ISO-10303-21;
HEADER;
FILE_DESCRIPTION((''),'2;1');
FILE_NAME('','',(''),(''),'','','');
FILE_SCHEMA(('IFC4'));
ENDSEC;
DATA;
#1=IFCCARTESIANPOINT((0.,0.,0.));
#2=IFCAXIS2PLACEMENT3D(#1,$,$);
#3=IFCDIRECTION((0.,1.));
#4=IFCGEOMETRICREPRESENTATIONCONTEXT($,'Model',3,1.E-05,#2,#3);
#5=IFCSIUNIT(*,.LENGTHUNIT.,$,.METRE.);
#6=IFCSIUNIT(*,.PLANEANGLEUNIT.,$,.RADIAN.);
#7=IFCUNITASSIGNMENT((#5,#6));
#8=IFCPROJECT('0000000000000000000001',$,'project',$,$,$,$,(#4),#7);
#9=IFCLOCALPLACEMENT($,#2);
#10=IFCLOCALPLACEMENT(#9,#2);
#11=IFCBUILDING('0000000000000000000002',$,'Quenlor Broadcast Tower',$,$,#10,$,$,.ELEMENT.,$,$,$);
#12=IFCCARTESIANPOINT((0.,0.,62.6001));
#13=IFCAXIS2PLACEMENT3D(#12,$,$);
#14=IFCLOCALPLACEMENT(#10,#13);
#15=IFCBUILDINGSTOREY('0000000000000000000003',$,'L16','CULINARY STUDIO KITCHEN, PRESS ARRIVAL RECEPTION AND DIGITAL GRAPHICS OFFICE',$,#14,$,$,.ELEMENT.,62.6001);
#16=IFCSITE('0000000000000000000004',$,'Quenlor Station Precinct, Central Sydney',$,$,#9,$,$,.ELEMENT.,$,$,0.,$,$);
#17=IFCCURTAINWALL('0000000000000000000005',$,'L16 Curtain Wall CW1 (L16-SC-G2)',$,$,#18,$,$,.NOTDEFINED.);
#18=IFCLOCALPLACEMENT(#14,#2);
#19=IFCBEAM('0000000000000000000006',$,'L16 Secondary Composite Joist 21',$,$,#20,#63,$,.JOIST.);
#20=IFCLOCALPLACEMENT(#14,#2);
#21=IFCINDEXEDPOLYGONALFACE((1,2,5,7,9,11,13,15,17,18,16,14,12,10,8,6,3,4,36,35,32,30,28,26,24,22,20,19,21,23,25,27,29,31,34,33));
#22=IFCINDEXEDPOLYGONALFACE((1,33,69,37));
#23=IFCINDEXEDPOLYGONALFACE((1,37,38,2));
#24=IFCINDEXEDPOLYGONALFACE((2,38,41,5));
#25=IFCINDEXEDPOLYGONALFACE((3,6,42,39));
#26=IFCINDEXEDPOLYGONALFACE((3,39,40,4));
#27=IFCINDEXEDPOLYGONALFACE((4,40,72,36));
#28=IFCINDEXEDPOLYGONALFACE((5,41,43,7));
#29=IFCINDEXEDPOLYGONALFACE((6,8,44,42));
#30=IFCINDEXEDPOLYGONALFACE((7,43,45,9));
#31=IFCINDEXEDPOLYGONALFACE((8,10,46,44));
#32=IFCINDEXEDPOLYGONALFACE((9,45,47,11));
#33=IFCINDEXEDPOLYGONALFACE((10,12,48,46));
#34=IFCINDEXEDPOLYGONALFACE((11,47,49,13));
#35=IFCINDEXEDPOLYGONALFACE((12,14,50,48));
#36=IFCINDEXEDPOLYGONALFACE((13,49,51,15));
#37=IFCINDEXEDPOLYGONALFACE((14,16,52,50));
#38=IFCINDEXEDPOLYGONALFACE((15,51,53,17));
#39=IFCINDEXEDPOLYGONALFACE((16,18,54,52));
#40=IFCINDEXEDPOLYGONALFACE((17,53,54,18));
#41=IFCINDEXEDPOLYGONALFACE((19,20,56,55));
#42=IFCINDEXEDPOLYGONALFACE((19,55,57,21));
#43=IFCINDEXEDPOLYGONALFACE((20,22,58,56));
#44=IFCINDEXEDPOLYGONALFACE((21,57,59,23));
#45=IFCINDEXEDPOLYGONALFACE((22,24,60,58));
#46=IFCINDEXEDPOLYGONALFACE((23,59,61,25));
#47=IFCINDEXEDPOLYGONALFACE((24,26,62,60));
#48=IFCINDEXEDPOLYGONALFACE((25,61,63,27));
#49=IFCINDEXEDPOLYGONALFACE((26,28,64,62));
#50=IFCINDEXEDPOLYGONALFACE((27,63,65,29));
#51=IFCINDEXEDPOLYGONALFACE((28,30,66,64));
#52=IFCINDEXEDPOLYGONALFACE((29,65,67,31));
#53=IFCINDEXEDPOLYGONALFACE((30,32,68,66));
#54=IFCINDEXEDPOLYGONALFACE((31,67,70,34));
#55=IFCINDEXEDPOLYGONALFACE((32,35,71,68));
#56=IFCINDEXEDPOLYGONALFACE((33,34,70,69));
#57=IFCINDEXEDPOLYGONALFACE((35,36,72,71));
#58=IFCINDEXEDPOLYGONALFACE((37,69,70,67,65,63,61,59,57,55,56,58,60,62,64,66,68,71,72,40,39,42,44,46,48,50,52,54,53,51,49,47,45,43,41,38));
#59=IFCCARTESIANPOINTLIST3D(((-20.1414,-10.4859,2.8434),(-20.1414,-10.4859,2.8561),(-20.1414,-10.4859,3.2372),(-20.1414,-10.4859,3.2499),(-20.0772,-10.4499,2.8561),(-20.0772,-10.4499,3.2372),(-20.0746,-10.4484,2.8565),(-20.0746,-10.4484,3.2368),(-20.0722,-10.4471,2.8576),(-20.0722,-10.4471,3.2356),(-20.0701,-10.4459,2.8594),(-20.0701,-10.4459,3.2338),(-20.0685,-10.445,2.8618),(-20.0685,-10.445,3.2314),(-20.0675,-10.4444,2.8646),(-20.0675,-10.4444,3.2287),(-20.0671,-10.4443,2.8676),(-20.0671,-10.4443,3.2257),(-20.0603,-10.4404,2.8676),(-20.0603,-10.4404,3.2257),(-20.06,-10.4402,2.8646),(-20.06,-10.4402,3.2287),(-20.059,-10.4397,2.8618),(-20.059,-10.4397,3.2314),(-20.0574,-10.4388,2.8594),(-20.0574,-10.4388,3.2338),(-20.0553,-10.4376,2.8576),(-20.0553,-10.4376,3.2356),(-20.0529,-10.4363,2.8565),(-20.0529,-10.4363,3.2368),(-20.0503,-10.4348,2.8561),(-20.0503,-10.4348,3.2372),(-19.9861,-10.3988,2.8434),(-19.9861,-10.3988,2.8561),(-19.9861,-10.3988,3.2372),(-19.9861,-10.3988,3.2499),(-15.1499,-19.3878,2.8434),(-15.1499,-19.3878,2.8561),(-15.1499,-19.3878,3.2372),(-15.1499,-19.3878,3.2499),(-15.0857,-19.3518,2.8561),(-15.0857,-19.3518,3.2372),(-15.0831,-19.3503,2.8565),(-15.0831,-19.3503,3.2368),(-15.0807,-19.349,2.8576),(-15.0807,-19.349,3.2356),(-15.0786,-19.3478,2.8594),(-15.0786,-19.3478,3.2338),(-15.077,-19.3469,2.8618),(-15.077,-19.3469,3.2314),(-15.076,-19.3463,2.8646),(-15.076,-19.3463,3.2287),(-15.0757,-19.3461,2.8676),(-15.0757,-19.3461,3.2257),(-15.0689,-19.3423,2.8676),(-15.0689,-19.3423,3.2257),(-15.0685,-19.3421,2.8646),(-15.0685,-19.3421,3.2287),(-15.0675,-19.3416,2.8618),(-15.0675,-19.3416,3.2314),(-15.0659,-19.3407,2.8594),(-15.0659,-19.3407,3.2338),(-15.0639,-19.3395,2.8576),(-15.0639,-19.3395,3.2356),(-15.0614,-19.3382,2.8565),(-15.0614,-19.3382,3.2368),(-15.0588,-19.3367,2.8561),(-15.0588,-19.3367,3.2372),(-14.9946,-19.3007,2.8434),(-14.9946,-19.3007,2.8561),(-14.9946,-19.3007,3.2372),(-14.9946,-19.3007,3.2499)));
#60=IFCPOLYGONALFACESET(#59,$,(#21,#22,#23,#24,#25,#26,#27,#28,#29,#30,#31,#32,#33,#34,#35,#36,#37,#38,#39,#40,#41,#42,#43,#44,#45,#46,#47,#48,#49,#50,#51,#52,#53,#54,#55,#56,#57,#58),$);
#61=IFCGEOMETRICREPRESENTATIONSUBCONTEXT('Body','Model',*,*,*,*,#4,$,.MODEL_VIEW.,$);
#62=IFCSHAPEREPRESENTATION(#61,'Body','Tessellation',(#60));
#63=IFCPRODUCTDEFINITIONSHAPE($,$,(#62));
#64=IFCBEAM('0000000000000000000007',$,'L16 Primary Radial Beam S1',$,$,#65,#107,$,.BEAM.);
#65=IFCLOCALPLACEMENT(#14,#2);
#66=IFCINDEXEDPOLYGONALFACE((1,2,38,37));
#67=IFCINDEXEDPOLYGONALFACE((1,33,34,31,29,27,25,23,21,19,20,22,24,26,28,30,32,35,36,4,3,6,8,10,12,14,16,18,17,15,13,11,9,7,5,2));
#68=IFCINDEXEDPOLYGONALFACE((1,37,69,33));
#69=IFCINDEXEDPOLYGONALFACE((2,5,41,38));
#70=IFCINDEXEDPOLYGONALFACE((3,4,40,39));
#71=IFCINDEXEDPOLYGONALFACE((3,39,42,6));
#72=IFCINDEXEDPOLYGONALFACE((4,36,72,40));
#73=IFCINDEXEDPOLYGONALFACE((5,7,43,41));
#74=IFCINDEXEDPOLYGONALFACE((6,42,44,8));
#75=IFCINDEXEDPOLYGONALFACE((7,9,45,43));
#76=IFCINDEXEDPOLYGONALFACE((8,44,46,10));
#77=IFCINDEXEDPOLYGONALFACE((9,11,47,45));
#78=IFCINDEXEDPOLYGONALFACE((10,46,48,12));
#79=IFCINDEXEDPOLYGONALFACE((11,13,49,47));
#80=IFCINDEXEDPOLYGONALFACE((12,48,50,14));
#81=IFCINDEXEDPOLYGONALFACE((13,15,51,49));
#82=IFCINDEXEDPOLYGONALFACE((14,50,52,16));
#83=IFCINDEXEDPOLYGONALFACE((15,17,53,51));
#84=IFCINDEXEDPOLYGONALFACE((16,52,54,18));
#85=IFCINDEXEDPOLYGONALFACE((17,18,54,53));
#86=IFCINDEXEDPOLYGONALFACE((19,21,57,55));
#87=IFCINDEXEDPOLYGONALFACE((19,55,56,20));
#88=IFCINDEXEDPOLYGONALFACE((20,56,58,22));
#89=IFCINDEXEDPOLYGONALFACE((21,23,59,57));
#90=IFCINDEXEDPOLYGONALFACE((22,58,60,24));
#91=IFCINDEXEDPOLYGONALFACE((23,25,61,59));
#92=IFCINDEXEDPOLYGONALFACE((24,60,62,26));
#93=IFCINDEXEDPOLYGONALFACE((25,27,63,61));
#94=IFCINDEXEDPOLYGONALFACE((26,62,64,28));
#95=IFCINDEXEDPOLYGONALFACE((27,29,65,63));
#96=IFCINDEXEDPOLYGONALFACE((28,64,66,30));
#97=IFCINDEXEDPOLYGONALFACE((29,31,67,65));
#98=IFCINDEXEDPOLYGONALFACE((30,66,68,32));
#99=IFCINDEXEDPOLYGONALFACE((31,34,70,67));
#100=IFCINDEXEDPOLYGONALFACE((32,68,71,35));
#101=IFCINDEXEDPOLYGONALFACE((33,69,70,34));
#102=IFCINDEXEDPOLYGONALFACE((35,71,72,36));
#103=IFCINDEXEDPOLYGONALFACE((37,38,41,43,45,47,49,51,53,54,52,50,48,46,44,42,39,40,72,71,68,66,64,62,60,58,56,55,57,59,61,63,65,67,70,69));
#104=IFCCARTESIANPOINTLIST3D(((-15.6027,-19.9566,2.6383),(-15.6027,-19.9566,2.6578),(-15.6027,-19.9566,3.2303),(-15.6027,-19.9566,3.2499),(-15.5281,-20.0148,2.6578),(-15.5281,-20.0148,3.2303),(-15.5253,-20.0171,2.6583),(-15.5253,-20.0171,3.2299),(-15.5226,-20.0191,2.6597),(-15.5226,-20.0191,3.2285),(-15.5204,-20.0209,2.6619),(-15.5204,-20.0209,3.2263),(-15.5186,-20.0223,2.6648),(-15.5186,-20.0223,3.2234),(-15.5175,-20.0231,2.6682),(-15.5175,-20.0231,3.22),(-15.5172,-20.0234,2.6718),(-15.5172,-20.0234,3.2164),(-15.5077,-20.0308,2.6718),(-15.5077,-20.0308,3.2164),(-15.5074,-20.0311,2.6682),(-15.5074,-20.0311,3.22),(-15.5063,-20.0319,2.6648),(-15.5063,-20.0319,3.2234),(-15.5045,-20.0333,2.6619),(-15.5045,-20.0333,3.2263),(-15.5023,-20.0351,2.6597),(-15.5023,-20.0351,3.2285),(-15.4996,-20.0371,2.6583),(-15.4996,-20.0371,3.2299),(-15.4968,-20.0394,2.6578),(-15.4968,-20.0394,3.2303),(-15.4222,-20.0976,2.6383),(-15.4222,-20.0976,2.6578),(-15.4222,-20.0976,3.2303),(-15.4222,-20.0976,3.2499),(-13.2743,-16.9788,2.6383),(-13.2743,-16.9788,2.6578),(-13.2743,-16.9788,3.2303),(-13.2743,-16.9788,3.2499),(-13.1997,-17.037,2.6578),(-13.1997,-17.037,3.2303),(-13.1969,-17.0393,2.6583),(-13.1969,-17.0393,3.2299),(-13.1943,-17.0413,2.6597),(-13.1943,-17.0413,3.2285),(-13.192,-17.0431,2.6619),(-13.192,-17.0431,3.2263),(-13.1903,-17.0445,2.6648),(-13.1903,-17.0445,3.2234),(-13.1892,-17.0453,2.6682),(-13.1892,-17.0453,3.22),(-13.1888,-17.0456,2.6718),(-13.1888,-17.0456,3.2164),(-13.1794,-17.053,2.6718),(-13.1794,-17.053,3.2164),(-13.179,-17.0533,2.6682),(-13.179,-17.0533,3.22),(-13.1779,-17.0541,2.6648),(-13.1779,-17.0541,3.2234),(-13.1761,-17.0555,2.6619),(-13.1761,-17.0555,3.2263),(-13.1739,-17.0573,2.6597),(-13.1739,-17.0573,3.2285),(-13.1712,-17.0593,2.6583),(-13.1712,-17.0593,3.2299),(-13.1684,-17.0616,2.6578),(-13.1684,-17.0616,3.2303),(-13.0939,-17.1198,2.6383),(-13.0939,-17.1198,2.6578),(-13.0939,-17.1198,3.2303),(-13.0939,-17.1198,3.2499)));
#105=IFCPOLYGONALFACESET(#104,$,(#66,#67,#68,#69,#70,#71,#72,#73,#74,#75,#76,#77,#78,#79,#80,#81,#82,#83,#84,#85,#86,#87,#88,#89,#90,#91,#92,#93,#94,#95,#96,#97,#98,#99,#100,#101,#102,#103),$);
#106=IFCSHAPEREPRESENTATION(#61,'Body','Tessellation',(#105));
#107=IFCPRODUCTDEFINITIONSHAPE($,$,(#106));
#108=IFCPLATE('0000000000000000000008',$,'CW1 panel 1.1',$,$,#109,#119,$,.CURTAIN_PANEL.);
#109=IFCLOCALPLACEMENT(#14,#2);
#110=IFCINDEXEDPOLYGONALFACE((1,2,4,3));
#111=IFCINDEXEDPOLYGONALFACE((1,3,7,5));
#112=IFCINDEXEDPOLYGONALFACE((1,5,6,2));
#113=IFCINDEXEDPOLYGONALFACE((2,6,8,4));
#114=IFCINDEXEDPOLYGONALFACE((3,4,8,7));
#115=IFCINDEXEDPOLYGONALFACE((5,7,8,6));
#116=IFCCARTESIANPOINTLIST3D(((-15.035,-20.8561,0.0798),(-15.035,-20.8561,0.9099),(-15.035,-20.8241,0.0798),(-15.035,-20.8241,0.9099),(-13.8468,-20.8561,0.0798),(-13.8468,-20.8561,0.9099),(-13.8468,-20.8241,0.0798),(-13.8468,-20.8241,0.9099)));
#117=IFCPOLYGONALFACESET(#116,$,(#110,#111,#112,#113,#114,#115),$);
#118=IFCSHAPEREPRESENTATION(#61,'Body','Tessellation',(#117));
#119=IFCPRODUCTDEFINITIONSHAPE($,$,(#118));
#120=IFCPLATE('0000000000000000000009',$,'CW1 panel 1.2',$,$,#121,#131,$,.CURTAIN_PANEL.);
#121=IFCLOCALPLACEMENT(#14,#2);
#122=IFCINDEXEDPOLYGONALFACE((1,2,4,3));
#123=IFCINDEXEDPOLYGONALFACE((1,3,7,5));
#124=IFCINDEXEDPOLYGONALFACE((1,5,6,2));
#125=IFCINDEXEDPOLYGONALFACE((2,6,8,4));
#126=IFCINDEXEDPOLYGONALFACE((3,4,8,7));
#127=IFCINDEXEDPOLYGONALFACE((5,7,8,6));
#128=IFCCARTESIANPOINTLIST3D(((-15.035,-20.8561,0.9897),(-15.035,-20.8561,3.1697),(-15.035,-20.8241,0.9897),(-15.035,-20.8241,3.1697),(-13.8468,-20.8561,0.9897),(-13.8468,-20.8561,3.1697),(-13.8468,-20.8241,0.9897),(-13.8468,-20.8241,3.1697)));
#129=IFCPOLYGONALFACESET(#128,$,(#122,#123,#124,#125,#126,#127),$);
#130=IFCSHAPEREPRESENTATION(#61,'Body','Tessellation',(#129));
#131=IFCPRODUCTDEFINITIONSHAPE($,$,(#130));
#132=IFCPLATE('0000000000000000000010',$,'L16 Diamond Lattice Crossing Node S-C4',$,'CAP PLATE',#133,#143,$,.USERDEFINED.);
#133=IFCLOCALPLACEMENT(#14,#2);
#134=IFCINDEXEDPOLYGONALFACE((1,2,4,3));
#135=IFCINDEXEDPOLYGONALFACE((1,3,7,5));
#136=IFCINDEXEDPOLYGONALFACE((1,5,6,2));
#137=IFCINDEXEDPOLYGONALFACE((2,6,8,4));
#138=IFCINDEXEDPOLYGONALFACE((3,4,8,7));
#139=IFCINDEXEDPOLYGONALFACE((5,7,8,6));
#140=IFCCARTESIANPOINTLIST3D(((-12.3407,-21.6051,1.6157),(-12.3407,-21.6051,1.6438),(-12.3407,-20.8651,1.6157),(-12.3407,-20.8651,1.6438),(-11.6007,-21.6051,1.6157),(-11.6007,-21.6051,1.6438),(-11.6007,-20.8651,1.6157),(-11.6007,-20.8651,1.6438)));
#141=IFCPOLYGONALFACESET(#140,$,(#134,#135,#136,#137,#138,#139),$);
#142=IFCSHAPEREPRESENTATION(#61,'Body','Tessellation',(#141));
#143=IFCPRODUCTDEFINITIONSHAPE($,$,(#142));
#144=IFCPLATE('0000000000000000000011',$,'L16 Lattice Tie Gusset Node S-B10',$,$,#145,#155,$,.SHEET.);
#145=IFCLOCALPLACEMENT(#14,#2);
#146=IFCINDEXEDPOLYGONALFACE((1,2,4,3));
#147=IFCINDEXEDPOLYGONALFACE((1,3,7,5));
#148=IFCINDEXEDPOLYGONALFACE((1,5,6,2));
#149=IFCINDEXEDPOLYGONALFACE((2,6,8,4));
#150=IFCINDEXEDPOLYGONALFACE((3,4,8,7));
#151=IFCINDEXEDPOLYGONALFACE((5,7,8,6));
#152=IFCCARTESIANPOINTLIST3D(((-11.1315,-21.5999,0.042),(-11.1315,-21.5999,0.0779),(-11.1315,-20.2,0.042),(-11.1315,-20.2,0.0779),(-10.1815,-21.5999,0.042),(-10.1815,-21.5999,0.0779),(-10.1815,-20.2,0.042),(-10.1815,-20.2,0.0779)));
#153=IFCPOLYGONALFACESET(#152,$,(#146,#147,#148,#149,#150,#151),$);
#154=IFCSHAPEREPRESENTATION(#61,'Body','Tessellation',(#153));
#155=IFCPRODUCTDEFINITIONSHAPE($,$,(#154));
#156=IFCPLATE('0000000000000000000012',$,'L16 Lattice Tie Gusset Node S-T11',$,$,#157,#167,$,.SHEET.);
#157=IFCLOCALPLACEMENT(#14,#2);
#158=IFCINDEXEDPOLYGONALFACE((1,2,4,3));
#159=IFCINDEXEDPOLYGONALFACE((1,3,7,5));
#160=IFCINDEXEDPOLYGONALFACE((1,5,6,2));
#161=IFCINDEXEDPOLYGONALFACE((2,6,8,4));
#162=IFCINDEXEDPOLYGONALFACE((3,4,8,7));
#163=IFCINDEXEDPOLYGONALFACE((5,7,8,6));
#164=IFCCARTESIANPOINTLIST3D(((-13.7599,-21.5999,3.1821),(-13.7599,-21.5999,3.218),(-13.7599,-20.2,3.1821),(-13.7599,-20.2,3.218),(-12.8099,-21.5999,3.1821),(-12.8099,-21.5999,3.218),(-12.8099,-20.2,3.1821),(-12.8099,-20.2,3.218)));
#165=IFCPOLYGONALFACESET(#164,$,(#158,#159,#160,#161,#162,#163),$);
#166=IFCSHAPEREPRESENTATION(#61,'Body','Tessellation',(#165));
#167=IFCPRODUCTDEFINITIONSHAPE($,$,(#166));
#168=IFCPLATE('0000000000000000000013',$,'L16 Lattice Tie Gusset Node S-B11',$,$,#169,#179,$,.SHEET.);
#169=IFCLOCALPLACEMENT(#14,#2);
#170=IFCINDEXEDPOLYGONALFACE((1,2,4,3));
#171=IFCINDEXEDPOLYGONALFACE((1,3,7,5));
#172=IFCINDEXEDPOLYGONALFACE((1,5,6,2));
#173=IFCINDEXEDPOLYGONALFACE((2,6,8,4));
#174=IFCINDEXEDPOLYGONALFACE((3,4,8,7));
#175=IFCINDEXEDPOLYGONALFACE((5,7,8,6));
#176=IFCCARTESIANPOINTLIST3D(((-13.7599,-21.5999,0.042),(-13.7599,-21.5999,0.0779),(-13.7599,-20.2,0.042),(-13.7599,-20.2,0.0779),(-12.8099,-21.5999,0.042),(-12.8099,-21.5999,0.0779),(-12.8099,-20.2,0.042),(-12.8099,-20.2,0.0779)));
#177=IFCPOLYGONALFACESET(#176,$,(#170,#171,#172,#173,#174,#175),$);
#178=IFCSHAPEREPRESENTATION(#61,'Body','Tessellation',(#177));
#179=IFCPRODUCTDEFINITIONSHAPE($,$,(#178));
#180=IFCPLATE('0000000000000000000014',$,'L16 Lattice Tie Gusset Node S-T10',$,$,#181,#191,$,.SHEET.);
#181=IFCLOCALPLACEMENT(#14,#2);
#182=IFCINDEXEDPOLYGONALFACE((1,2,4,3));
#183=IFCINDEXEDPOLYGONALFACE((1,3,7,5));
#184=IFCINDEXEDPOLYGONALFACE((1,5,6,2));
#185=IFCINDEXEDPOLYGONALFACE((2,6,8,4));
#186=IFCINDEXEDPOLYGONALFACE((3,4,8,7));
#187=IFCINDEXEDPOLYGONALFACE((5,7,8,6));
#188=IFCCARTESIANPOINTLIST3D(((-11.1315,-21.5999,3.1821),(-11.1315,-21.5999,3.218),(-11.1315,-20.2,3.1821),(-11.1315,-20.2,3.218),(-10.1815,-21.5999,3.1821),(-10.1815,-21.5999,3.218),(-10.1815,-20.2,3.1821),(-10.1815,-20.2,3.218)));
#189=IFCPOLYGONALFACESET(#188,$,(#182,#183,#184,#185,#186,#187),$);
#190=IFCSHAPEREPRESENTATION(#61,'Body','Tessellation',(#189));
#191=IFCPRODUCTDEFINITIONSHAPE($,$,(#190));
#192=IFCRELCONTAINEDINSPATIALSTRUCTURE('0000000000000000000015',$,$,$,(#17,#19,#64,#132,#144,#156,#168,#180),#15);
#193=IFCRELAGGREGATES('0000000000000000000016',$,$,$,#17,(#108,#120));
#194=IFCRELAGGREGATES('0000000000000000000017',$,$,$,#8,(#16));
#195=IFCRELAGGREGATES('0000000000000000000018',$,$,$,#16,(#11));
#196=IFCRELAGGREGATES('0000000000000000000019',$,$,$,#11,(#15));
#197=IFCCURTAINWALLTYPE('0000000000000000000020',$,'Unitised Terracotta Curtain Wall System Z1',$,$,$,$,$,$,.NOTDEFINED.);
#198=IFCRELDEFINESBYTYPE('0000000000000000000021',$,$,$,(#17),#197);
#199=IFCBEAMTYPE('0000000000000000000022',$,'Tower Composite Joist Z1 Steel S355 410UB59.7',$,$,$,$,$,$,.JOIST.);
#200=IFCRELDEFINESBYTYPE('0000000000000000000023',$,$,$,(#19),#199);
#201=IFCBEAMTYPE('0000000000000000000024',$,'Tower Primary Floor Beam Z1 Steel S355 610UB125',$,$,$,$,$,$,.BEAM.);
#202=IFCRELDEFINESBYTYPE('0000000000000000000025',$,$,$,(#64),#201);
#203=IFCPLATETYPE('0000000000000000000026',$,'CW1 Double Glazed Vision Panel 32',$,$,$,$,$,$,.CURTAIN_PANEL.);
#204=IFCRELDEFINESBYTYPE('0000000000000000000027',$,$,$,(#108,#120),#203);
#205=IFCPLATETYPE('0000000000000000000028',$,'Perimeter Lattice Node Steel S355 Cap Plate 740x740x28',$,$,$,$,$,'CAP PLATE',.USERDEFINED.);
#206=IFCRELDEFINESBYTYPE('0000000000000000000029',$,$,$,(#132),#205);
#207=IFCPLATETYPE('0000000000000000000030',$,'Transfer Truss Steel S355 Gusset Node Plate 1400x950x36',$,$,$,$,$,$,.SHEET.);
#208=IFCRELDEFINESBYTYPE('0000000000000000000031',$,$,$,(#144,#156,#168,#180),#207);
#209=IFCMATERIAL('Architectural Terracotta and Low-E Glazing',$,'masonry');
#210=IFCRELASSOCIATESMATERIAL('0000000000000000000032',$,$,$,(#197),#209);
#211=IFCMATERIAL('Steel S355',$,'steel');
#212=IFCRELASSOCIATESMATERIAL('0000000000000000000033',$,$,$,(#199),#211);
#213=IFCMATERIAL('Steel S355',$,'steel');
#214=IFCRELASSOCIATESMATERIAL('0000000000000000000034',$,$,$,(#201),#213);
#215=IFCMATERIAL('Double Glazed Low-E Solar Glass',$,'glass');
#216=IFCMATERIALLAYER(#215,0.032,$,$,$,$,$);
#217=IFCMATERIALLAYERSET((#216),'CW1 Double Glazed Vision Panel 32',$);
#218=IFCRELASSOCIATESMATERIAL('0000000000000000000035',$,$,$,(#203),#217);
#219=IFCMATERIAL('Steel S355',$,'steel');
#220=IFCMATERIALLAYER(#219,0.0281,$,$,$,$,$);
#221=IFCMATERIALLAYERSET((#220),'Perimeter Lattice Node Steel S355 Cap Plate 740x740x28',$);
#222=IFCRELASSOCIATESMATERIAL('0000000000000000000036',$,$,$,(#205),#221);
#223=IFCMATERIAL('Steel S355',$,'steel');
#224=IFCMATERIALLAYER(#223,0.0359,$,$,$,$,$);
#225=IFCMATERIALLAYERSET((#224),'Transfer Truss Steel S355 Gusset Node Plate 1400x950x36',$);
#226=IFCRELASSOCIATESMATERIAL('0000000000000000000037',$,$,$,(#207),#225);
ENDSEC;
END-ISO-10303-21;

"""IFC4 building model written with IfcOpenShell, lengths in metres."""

from ifc_helpers import new_model, si_unit, direction, frame, origin, origin_2d, place, context, subcontext, project, spatial, rectangle, i_section, extrude, material, layer, layer_set, material_profile, profile_set, type_object, element, aggregate, save


model = new_model("IFC4")

# Units and contexts
model_context = context("Model", 3, precision=1e-05, world=origin(), true_north=direction((0.0, 1.0)))
body_context = subcontext(model_context, "Body", "Model", "MODEL_VIEW")
ifc_project = project(units=[si_unit("LENGTHUNIT", "METRE"), si_unit("PLANEANGLEUNIT", "RADIAN")], contexts=[model_context])

# Site, building, storey
site_placement = place(None, origin())
site = spatial("IfcSite", under=ifc_project, at=site_placement, Name="Quenlor Station Precinct, Central Sydney", CompositionType="ELEMENT", RefElevation=0.0)
building_placement = place(site_placement, origin())
building = spatial("IfcBuilding", under=site, at=building_placement, Name="Quenlor Broadcast Tower", CompositionType="ELEMENT")
storey_placement = place(building_placement, frame((0.0, 0.0, 62.6001)))
storey = spatial("IfcBuildingStorey", under=building, at=storey_placement, Name="L16", Description="CULINARY STUDIO KITCHEN, PRESS ARRIVAL RECEPTION AND DIGITAL GRAPHICS OFFICE", CompositionType="ELEMENT", Elevation=62.6001)

# Curtain wall
ifc_material_1 = material(Name="Architectural Terracotta and Low-E Glazing", Category="masonry")
curtain_wall_type = type_object("IfcCurtainWallType", Name="Unitised Terracotta Curtain Wall System Z1", PredefinedType="NOTDEFINED", material=ifc_material_1)
curtain_wall_placement = place(storey_placement, origin())
curtain_wall = element("IfcCurtainWall", 1, at=curtain_wall_placement, inside=storey, type_object=curtain_wall_type, Name="L16 Curtain Wall CW1 (L16-SC-G2)", PredefinedType="NOTDEFINED")

# Beams
ifc_material_2 = material(Name="Steel S355", Category="steel")
ifc_material_profile_1 = material_profile(ifc_material_2, i_section(OverallWidth=0.178, OverallDepth=0.4065, WebThickness=0.0078, FlangeThickness=0.0127, FilletRadius=0.0115, at=origin_2d()))
ifc_profile_set_1 = profile_set([ifc_material_profile_1], Name="Steel S355 410UB59.7")
beam_type_1 = type_object("IfcBeamType", Name="Tower Composite Joist Z1 Steel S355 410UB59.7", PredefinedType="JOIST", material=ifc_profile_set_1)
beam_1_placement = place(storey_placement, frame((-15.0723, -19.3442, 3.0466), z_axis=(-0.489082, 0.872238, 0.0), x_axis=(-0.872238, -0.489082, 0.0)))
element("IfcBeam", 2, at=beam_1_placement, inside=storey, type_object=beam_type_1, Name="L16 Secondary Composite Joist 21", PredefinedType="JOIST", context=body_context, shape_type="SweptSolid", body=[
    extrude(i_section(OverallWidth=0.178, OverallDepth=0.4065, WebThickness=0.0078, FlangeThickness=0.0127, FilletRadius=0.0115, at=origin_2d()), origin(), (0.0, 0.0, 1.0), 10.2058),
])
ifc_material_3 = material(Name="Steel S355", Category="steel")
ifc_material_profile_2 = material_profile(ifc_material_3, i_section(OverallWidth=0.229, OverallDepth=0.6116, WebThickness=0.012, FlangeThickness=0.0195, FilletRadius=0.0139, at=origin_2d()))
ifc_profile_set_2 = profile_set([ifc_material_profile_2], Name="Steel S355 610UB125")
beam_type_2 = type_object("IfcBeamType", Name="Tower Primary Floor Beam Z1 Steel S355 610UB125", PredefinedType="BEAM", material=ifc_profile_set_2)
beam_2_placement = place(storey_placement, frame((-15.5125, -20.0271, 2.9441), z_axis=(0.615969, 0.787771, 0.0), x_axis=(-0.787771, 0.615969, 0.0)))
element("IfcBeam", 3, at=beam_2_placement, inside=storey, type_object=beam_type_2, Name="L16 Primary Radial Beam S1", PredefinedType="BEAM", context=body_context, shape_type="SweptSolid", body=[
    extrude(i_section(OverallWidth=0.229, OverallDepth=0.6116, WebThickness=0.012, FlangeThickness=0.0195, FilletRadius=0.0139, at=origin_2d()), origin(), (0.0, 0.0, 1.0), 3.78),
])

# Plates
ifc_material_4 = material(Name="Double Glazed Low-E Solar Glass", Category="glass")
ifc_layer_1 = layer(ifc_material_4, 0.032)
ifc_layer_set_1 = layer_set([ifc_layer_1], Name="CW1 Double Glazed Vision Panel 32")
plate_type_1 = type_object("IfcPlateType", Name="CW1 Double Glazed Vision Panel 32", PredefinedType="CURTAIN_PANEL", material=ifc_layer_set_1)
plate_1_placement = place(storey_placement, frame((-14.4409, -20.8401, 0.0798), z_axis=(0.0, 0.0, 1.0), x_axis=(-1.0, 0.0, 0.0)))
plate_1 = element("IfcPlate", 4, at=plate_1_placement, type_object=plate_type_1, Name="CW1 panel 1.1", PredefinedType="CURTAIN_PANEL", context=body_context, shape_type="SweptSolid", body=[
    extrude(rectangle(XDim=1.1882, YDim=0.032, at=origin_2d()), origin(), (0.0, 0.0, 1.0), 0.8301),
])
plate_2_placement = place(storey_placement, frame((-14.4409, -20.8401, 0.9897), z_axis=(0.0, 0.0, 1.0), x_axis=(-1.0, 0.0, 0.0)))
plate_2 = element("IfcPlate", 5, at=plate_2_placement, type_object=plate_type_1, Name="CW1 panel 1.2", PredefinedType="CURTAIN_PANEL", context=body_context, shape_type="SweptSolid", body=[
    extrude(rectangle(XDim=1.1882, YDim=0.032, at=origin_2d()), origin(), (0.0, 0.0, 1.0), 2.1799),
])
aggregate(curtain_wall, [plate_1, plate_2])

# Plates
ifc_material_5 = material(Name="Steel S355", Category="steel")
ifc_layer_2 = layer(ifc_material_5, 0.0281)
ifc_layer_set_2 = layer_set([ifc_layer_2], Name="Perimeter Lattice Node Steel S355 Cap Plate 740x740x28")
plate_type_2 = type_object("IfcPlateType", Name="Perimeter Lattice Node Steel S355 Cap Plate 740x740x28", ElementType="CAP PLATE", PredefinedType="USERDEFINED", material=ifc_layer_set_2)
plate_3_placement = place(storey_placement, frame((-11.9707, -21.2351, 1.6157), z_axis=(0.0, 0.0, 1.0), x_axis=(-1.0, 0.0, 0.0)))
element("IfcPlate", 6, at=plate_3_placement, inside=storey, type_object=plate_type_2, Name="L16 Diamond Lattice Crossing Node S-C4", ObjectType="CAP PLATE", PredefinedType="USERDEFINED", context=body_context, shape_type="SweptSolid", body=[
    extrude(rectangle(XDim=0.74, YDim=0.74, at=origin_2d()), origin(), (0.0, 0.0, 1.0), 0.0281),
])
ifc_material_6 = material(Name="Steel S355", Category="steel")
ifc_layer_3 = layer(ifc_material_6, 0.0359)
ifc_layer_set_3 = layer_set([ifc_layer_3], Name="Transfer Truss Steel S355 Gusset Node Plate 1400x950x36")
plate_type_3 = type_object("IfcPlateType", Name="Transfer Truss Steel S355 Gusset Node Plate 1400x950x36", PredefinedType="SHEET", material=ifc_layer_set_3)
for number, where, z_axis, x_axis, name in (
    (7, (-10.6565, -20.8999, 0.042), (0.0, 0.0, 1.0), (0.0, -1.0, 0.0), "L16 Lattice Tie Gusset Node S-B10"),
    (8, (-13.2849, -20.8999, 3.1821), (0.0, 0.0, 1.0), (0.0, -1.0, 0.0), "L16 Lattice Tie Gusset Node S-T11"),
    (9, (-13.2849, -20.8999, 0.042), (0.0, 0.0, 1.0), (0.0, -1.0, 0.0), "L16 Lattice Tie Gusset Node S-B11"),
    (10, (-10.6565, -20.8999, 3.1821), (0.0, 0.0, 1.0), (0.0, -1.0, 0.0), "L16 Lattice Tie Gusset Node S-T10"),
):
    element("IfcPlate", number, at=place(storey_placement, frame(where, z_axis=z_axis, x_axis=x_axis)), inside=storey, type_object=plate_type_3, Name=name, PredefinedType="SHEET", context=body_context, shape_type="SweptSolid", body=[
        extrude(rectangle(XDim=1.3999, YDim=0.95, at=origin_2d()), origin(), (0.0, 0.0, 1.0), 0.0359),
    ])

save(model, "model.ifc")
